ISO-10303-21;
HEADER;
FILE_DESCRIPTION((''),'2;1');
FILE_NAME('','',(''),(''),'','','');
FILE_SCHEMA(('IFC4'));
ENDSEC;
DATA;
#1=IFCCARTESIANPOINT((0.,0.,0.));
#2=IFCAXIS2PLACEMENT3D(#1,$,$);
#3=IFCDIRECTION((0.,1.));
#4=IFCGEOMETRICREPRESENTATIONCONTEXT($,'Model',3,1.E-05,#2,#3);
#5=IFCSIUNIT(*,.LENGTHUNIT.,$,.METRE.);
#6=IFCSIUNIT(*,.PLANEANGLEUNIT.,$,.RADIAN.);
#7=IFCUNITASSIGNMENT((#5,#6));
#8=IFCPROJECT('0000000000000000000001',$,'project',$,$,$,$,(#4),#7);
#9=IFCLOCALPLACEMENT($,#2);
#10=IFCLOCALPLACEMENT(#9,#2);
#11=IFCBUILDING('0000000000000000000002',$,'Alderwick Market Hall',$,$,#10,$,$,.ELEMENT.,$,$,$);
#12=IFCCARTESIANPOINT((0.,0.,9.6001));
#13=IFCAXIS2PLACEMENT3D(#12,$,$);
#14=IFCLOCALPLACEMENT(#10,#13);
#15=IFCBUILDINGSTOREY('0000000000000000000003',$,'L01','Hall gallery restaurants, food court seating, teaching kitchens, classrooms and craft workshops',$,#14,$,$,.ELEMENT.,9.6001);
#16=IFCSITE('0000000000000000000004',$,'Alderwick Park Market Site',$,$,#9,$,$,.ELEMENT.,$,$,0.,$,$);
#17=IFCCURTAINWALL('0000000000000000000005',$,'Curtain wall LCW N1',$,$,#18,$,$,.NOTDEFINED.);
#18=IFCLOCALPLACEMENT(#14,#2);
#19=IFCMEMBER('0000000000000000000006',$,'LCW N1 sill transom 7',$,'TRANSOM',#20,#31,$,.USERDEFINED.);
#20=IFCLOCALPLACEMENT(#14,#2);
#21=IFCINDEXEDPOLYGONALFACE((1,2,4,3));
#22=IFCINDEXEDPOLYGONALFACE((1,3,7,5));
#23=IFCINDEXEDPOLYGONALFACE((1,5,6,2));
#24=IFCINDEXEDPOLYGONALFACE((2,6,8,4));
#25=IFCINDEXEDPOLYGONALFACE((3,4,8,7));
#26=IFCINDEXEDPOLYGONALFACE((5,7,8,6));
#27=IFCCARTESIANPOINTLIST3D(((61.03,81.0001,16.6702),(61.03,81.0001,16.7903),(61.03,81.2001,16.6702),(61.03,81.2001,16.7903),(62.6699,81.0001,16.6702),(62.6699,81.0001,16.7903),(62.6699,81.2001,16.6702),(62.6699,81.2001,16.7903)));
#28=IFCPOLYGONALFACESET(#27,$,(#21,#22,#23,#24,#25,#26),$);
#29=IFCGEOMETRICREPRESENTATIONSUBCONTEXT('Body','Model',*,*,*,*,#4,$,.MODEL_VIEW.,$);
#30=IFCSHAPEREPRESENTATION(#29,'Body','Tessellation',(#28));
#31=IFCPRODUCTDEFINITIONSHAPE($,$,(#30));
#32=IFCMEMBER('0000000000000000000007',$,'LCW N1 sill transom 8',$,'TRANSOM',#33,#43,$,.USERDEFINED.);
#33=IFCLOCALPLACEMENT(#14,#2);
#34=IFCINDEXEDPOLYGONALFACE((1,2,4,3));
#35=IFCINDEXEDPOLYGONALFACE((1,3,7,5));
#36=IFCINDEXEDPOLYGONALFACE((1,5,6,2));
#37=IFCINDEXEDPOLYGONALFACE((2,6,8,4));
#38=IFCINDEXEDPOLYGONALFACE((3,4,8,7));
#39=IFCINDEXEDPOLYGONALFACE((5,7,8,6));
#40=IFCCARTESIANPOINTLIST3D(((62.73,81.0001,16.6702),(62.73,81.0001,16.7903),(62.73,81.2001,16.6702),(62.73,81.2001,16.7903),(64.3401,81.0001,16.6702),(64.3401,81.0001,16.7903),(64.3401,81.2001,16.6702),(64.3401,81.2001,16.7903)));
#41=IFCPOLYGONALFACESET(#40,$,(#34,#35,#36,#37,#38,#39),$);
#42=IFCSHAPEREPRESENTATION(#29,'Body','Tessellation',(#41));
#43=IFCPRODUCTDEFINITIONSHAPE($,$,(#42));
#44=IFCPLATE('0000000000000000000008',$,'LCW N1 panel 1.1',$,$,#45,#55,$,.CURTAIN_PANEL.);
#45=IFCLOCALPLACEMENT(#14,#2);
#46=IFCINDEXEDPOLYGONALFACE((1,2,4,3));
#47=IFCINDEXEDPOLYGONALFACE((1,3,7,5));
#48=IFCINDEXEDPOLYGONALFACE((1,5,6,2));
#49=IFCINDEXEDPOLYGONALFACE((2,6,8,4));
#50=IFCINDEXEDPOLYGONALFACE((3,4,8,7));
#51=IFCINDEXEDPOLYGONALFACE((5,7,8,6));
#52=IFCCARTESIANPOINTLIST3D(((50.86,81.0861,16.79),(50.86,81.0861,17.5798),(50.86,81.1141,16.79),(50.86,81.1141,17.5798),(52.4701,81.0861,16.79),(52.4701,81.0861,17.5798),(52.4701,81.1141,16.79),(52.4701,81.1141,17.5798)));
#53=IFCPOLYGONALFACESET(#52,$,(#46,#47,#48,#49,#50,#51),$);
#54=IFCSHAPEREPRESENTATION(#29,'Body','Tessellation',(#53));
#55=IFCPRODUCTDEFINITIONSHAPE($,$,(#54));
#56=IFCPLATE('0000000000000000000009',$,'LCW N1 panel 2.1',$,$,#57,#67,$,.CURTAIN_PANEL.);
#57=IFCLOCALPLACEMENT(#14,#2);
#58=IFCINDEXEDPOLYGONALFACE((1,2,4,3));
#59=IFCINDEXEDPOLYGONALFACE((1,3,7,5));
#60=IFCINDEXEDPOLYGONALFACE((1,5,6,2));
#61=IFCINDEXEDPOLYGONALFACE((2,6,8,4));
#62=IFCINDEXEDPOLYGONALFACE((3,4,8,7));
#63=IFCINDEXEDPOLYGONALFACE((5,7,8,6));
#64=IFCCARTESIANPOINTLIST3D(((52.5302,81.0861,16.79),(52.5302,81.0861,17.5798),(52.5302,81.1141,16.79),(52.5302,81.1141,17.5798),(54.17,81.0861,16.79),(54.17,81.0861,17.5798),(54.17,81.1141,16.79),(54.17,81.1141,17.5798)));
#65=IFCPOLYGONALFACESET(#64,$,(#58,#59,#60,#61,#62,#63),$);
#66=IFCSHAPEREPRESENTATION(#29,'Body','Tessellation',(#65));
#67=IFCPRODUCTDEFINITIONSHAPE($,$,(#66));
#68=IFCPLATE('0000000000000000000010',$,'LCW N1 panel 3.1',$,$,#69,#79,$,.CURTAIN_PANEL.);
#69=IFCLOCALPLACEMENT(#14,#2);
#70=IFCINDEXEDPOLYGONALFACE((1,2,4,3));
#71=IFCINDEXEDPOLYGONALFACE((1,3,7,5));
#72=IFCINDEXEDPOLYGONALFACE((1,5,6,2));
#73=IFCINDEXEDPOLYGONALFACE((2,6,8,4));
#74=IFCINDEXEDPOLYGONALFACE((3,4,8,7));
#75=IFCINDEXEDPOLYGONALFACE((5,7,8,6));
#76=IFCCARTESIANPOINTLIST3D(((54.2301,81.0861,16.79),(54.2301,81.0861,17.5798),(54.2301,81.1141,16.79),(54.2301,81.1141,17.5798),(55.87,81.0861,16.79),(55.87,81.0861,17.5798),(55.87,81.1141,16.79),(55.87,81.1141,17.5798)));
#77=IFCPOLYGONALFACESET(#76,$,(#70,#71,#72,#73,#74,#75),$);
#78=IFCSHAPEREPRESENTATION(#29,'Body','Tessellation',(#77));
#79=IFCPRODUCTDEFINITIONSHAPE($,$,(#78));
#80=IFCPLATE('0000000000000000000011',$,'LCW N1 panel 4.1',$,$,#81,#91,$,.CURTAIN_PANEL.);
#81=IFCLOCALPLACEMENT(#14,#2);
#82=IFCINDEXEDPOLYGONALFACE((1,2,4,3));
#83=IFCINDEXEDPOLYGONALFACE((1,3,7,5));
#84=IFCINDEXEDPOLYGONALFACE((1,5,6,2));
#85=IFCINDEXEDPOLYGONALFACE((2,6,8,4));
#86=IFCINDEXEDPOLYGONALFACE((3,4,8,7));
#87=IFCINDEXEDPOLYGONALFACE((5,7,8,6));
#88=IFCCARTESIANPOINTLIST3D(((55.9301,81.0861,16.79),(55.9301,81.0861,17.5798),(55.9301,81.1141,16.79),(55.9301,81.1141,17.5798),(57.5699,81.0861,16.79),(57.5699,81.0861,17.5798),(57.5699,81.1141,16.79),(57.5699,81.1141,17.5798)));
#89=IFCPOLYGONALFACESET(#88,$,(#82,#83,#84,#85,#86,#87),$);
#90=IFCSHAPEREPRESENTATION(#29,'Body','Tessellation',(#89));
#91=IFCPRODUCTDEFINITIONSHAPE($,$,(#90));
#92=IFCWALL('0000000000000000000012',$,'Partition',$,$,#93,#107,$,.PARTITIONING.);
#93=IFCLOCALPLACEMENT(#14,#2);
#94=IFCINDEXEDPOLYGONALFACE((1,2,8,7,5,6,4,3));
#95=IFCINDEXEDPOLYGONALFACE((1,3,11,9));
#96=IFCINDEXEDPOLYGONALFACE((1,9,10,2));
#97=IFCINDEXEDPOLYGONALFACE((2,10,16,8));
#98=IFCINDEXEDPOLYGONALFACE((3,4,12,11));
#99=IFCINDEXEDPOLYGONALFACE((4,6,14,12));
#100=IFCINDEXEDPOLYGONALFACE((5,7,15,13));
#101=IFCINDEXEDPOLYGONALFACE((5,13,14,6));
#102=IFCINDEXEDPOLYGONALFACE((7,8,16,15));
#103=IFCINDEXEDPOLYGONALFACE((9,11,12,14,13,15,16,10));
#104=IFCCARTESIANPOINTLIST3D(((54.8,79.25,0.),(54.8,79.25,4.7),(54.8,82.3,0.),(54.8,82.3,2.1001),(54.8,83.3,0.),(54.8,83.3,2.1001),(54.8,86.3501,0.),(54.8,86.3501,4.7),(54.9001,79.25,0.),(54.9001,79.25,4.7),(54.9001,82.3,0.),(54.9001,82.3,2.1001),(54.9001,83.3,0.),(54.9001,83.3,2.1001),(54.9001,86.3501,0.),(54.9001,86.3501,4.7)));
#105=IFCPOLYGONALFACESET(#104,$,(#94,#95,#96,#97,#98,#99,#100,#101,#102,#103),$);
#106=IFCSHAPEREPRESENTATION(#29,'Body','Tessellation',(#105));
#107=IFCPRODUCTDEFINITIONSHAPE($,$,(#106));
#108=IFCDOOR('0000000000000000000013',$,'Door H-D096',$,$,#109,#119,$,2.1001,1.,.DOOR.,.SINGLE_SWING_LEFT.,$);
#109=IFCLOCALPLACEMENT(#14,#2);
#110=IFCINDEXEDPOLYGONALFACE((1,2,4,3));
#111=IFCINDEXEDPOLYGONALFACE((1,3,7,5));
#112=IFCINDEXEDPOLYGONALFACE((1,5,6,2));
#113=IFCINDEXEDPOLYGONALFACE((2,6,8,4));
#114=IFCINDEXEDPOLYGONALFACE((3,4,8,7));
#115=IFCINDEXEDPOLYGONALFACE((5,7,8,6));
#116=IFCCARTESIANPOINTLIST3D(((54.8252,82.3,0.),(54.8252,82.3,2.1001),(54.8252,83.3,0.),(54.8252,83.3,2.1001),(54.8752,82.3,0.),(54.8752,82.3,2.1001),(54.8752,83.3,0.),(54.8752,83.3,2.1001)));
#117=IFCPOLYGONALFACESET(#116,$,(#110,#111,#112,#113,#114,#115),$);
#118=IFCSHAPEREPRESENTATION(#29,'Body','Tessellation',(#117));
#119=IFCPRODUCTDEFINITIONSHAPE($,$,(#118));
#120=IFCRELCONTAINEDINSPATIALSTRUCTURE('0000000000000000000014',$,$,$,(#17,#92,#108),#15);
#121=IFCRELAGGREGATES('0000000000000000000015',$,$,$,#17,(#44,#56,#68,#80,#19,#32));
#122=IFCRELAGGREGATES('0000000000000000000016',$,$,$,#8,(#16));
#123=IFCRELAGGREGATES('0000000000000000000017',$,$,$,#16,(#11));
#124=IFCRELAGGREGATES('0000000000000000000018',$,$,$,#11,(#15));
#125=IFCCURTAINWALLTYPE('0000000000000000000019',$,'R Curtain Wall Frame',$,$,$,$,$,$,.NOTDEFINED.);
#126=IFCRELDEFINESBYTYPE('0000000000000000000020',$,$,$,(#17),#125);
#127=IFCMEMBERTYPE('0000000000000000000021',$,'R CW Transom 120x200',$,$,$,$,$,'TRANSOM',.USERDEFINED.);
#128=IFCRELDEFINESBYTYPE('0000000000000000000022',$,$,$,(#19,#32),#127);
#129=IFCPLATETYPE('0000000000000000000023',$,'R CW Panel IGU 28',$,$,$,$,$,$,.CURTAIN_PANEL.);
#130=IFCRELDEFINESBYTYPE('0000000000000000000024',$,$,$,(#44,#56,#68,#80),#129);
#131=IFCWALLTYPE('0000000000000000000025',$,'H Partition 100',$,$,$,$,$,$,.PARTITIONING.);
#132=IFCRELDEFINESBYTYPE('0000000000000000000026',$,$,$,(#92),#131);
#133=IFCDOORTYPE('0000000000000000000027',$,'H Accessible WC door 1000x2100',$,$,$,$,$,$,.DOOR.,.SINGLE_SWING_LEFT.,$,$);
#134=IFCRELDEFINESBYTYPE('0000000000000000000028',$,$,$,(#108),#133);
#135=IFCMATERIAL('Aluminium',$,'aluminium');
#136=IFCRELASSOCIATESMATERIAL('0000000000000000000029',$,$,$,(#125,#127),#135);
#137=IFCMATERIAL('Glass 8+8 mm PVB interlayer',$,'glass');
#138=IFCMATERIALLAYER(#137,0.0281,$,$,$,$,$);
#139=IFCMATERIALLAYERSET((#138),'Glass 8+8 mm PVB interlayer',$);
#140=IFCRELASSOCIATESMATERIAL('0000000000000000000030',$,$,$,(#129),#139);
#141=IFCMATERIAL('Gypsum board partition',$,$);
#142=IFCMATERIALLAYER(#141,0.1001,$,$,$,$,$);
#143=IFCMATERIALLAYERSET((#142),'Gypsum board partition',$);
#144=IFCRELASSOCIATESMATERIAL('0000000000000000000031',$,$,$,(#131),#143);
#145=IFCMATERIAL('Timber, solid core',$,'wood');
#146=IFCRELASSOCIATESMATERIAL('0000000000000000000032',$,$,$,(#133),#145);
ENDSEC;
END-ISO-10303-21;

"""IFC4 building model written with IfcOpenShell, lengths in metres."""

from ifc_helpers import new_model, si_unit, direction, frame, frame_2d, origin, origin_2d, place, context, subcontext, project, spatial, rectangle, extrude, material, layer, layer_set, material_profile, profile_set, type_object, element, fill, aggregate, save


model = new_model("IFC4")

# Units and contexts
model_context = context("Model", 3, precision=1e-05, world=origin(), true_north=direction((0.0, 1.0)))
body_context = subcontext(model_context, "Body", "Model", "MODEL_VIEW")
ifc_project = project(units=[si_unit("LENGTHUNIT", "METRE"), si_unit("PLANEANGLEUNIT", "RADIAN")], contexts=[model_context])

# Site, building, storey
site_placement = place(None, origin())
site = spatial("IfcSite", under=ifc_project, at=site_placement, Name="Alderwick Park Market Site", CompositionType="ELEMENT", RefElevation=0.0)
building_placement = place(site_placement, origin())
building = spatial("IfcBuilding", under=site, at=building_placement, Name="Alderwick Market Hall", CompositionType="ELEMENT")
storey_placement = place(building_placement, frame((0.0, 0.0, 9.6001)))
storey = spatial("IfcBuildingStorey", under=building, at=storey_placement, Name="L01", Description="Hall gallery restaurants, food court seating, teaching kitchens, classrooms and craft workshops", CompositionType="ELEMENT", Elevation=9.6001)

# Curtain wall
ifc_material_1 = material(Name="Aluminium", Category="aluminium")
curtain_wall_type = type_object("IfcCurtainWallType", Name="R Curtain Wall Frame", PredefinedType="NOTDEFINED", material=ifc_material_1)
curtain_wall_1_placement = place(storey_placement, origin())
curtain_wall_1 = element("IfcCurtainWall", 1, at=curtain_wall_1_placement, inside=storey, type_object=curtain_wall_type, Name="Curtain wall LCW N1", PredefinedType="NOTDEFINED")

# Members
ifc_material_profile_1 = material_profile(ifc_material_1, rectangle(XDim=0.2, YDim=0.1201, at=origin_2d()), Name="AL 120x200")
ifc_profile_set_1 = profile_set([ifc_material_profile_1], Name="Aluminium")
member_type_1 = type_object("IfcMemberType", Name="R CW Transom 120x200", ElementType="TRANSOM", PredefinedType="USERDEFINED", material=ifc_profile_set_1)
member_1_placement = place(storey_placement, frame((61.03, 81.1001, 16.7302), z_axis=(1.0, 0.0, 0.0), x_axis=(0.0, 1.0, 0.0)))
member_1 = element("IfcMember", 2, at=member_1_placement, type_object=member_type_1, Name="LCW N1 sill transom 7", ObjectType="TRANSOM", PredefinedType="USERDEFINED", context=body_context, shape_type="SweptSolid", body=[
    extrude(rectangle(XDim=0.2, YDim=0.1201, at=origin_2d()), origin(), (0.0, 0.0, 1.0), 1.6399),
])
member_2_placement = place(storey_placement, frame((62.73, 81.1001, 16.7302), z_axis=(1.0, 0.0, 0.0), x_axis=(0.0, 1.0, 0.0)))
member_2 = element("IfcMember", 3, at=member_2_placement, type_object=member_type_1, Name="LCW N1 sill transom 8", ObjectType="TRANSOM", PredefinedType="USERDEFINED", context=body_context, shape_type="SweptSolid", body=[
    extrude(rectangle(XDim=0.2, YDim=0.1201, at=origin_2d()), origin(), (0.0, 0.0, 1.0), 1.6101),
])

# Plates
ifc_material_2 = material(Name="Glass 8+8 mm PVB interlayer", Category="glass")
ifc_layer_1 = layer(ifc_material_2, 0.0281)
ifc_layer_set_1 = layer_set([ifc_layer_1], Name="Glass 8+8 mm PVB interlayer")
plate_type = type_object("IfcPlateType", Name="R CW Panel IGU 28", PredefinedType="CURTAIN_PANEL", material=ifc_layer_set_1)
plate_1_placement = place(storey_placement, frame((51.665, 81.1001, 16.79), z_axis=(0.0, 0.0, 1.0), x_axis=(1.0, 0.0, 0.0)))
plate_1 = element("IfcPlate", 4, at=plate_1_placement, type_object=plate_type, Name="LCW N1 panel 1.1", PredefinedType="CURTAIN_PANEL", context=body_context, shape_type="SweptSolid", body=[
    extrude(rectangle(XDim=1.6101, YDim=0.0281, at=origin_2d()), origin(), (0.0, 0.0, 1.0), 0.7898),
])
plate_2_placement = place(storey_placement, frame((53.3501, 81.1001, 16.79), z_axis=(0.0, 0.0, 1.0), x_axis=(1.0, 0.0, 0.0)))
plate_2 = element("IfcPlate", 5, at=plate_2_placement, type_object=plate_type, Name="LCW N1 panel 2.1", PredefinedType="CURTAIN_PANEL", context=body_context, shape_type="SweptSolid", body=[
    extrude(rectangle(XDim=1.6399, YDim=0.0281, at=origin_2d()), origin(), (0.0, 0.0, 1.0), 0.7898),
])
plate_3_placement = place(storey_placement, frame((55.05, 81.1001, 16.79), z_axis=(0.0, 0.0, 1.0), x_axis=(1.0, 0.0, 0.0)))
plate_3 = element("IfcPlate", 6, at=plate_3_placement, type_object=plate_type, Name="LCW N1 panel 3.1", PredefinedType="CURTAIN_PANEL", context=body_context, shape_type="SweptSolid", body=[
    extrude(rectangle(XDim=1.6399, YDim=0.0281, at=origin_2d()), origin(), (0.0, 0.0, 1.0), 0.7898),
])
plate_4_placement = place(storey_placement, frame((56.75, 81.1001, 16.79), z_axis=(0.0, 0.0, 1.0), x_axis=(1.0, 0.0, 0.0)))
plate_4 = element("IfcPlate", 7, at=plate_4_placement, type_object=plate_type, Name="LCW N1 panel 4.1", PredefinedType="CURTAIN_PANEL", context=body_context, shape_type="SweptSolid", body=[
    extrude(rectangle(XDim=1.6399, YDim=0.0281, at=origin_2d()), origin(), (0.0, 0.0, 1.0), 0.7898),
])
aggregate(curtain_wall_1, [plate_1, plate_2, plate_3, plate_4, member_1, member_2])

# Wall, opening, door
ifc_material_3 = material(Name="Gypsum board partition")
ifc_layer_2 = layer(ifc_material_3, 0.1001)
ifc_layer_set_2 = layer_set([ifc_layer_2], Name="Gypsum board partition")
wall_type = type_object("IfcWallType", Name="H Partition 100", PredefinedType="PARTITIONING", material=ifc_layer_set_2)
wall_placement = place(storey_placement, frame((54.8501, 79.25, 0.0), z_axis=(0.0, 0.0, 1.0), x_axis=(0.0, 1.0, 0.0)))
wall = element("IfcWall", 8, at=wall_placement, inside=storey, type_object=wall_type, Name="Partition", PredefinedType="PARTITIONING", context=body_context, shape_type="SweptSolid", body=[
    extrude(rectangle(XDim=7.1001, YDim=0.1001, at=frame_2d((3.55, 0.0))), origin(), (0.0, 0.0, 1.0), 4.7),
])
opening_placement = place(wall_placement, frame((3.05, 0.0, 0.0)))
opening = element("IfcOpeningElement", 9, at=opening_placement, cuts=wall, PredefinedType="OPENING", context=body_context, shape_type="SweptSolid", body=[
    extrude(rectangle(XDim=1.0, YDim=2.1001, at=frame_2d((0.5, 1.05))), frame((0.0, 0.0601, 0.0), z_axis=(0.0, -1.0, 0.0), x_axis=(1.0, 0.0, 0.0)), (0.0, 0.0, 1.0), 0.1201),
])
ifc_material_4 = material(Name="Timber, solid core", Category="wood")
door_type = type_object("IfcDoorType", Name="H Accessible WC door 1000x2100", OperationType="SINGLE_SWING_LEFT", PredefinedType="DOOR", material=ifc_material_4)
door_placement = place(opening_placement, origin())
door = element("IfcDoor", 10, at=door_placement, inside=storey, type_object=door_type, Name="Door H-D096", OperationType="SINGLE_SWING_LEFT", OverallHeight=2.1001, OverallWidth=1.0, PredefinedType="DOOR", context=body_context, shape_type="SweptSolid", body=[
    extrude(rectangle(XDim=1.0, YDim=2.1001, at=frame_2d((0.5, 1.05))), frame((0.0, 0.0249, 0.0), z_axis=(0.0, -1.0, 0.0), x_axis=(1.0, 0.0, 0.0)), (0.0, 0.0, 1.0), 0.05),
])
fill(opening, door)

save(model, "model.ifc")
